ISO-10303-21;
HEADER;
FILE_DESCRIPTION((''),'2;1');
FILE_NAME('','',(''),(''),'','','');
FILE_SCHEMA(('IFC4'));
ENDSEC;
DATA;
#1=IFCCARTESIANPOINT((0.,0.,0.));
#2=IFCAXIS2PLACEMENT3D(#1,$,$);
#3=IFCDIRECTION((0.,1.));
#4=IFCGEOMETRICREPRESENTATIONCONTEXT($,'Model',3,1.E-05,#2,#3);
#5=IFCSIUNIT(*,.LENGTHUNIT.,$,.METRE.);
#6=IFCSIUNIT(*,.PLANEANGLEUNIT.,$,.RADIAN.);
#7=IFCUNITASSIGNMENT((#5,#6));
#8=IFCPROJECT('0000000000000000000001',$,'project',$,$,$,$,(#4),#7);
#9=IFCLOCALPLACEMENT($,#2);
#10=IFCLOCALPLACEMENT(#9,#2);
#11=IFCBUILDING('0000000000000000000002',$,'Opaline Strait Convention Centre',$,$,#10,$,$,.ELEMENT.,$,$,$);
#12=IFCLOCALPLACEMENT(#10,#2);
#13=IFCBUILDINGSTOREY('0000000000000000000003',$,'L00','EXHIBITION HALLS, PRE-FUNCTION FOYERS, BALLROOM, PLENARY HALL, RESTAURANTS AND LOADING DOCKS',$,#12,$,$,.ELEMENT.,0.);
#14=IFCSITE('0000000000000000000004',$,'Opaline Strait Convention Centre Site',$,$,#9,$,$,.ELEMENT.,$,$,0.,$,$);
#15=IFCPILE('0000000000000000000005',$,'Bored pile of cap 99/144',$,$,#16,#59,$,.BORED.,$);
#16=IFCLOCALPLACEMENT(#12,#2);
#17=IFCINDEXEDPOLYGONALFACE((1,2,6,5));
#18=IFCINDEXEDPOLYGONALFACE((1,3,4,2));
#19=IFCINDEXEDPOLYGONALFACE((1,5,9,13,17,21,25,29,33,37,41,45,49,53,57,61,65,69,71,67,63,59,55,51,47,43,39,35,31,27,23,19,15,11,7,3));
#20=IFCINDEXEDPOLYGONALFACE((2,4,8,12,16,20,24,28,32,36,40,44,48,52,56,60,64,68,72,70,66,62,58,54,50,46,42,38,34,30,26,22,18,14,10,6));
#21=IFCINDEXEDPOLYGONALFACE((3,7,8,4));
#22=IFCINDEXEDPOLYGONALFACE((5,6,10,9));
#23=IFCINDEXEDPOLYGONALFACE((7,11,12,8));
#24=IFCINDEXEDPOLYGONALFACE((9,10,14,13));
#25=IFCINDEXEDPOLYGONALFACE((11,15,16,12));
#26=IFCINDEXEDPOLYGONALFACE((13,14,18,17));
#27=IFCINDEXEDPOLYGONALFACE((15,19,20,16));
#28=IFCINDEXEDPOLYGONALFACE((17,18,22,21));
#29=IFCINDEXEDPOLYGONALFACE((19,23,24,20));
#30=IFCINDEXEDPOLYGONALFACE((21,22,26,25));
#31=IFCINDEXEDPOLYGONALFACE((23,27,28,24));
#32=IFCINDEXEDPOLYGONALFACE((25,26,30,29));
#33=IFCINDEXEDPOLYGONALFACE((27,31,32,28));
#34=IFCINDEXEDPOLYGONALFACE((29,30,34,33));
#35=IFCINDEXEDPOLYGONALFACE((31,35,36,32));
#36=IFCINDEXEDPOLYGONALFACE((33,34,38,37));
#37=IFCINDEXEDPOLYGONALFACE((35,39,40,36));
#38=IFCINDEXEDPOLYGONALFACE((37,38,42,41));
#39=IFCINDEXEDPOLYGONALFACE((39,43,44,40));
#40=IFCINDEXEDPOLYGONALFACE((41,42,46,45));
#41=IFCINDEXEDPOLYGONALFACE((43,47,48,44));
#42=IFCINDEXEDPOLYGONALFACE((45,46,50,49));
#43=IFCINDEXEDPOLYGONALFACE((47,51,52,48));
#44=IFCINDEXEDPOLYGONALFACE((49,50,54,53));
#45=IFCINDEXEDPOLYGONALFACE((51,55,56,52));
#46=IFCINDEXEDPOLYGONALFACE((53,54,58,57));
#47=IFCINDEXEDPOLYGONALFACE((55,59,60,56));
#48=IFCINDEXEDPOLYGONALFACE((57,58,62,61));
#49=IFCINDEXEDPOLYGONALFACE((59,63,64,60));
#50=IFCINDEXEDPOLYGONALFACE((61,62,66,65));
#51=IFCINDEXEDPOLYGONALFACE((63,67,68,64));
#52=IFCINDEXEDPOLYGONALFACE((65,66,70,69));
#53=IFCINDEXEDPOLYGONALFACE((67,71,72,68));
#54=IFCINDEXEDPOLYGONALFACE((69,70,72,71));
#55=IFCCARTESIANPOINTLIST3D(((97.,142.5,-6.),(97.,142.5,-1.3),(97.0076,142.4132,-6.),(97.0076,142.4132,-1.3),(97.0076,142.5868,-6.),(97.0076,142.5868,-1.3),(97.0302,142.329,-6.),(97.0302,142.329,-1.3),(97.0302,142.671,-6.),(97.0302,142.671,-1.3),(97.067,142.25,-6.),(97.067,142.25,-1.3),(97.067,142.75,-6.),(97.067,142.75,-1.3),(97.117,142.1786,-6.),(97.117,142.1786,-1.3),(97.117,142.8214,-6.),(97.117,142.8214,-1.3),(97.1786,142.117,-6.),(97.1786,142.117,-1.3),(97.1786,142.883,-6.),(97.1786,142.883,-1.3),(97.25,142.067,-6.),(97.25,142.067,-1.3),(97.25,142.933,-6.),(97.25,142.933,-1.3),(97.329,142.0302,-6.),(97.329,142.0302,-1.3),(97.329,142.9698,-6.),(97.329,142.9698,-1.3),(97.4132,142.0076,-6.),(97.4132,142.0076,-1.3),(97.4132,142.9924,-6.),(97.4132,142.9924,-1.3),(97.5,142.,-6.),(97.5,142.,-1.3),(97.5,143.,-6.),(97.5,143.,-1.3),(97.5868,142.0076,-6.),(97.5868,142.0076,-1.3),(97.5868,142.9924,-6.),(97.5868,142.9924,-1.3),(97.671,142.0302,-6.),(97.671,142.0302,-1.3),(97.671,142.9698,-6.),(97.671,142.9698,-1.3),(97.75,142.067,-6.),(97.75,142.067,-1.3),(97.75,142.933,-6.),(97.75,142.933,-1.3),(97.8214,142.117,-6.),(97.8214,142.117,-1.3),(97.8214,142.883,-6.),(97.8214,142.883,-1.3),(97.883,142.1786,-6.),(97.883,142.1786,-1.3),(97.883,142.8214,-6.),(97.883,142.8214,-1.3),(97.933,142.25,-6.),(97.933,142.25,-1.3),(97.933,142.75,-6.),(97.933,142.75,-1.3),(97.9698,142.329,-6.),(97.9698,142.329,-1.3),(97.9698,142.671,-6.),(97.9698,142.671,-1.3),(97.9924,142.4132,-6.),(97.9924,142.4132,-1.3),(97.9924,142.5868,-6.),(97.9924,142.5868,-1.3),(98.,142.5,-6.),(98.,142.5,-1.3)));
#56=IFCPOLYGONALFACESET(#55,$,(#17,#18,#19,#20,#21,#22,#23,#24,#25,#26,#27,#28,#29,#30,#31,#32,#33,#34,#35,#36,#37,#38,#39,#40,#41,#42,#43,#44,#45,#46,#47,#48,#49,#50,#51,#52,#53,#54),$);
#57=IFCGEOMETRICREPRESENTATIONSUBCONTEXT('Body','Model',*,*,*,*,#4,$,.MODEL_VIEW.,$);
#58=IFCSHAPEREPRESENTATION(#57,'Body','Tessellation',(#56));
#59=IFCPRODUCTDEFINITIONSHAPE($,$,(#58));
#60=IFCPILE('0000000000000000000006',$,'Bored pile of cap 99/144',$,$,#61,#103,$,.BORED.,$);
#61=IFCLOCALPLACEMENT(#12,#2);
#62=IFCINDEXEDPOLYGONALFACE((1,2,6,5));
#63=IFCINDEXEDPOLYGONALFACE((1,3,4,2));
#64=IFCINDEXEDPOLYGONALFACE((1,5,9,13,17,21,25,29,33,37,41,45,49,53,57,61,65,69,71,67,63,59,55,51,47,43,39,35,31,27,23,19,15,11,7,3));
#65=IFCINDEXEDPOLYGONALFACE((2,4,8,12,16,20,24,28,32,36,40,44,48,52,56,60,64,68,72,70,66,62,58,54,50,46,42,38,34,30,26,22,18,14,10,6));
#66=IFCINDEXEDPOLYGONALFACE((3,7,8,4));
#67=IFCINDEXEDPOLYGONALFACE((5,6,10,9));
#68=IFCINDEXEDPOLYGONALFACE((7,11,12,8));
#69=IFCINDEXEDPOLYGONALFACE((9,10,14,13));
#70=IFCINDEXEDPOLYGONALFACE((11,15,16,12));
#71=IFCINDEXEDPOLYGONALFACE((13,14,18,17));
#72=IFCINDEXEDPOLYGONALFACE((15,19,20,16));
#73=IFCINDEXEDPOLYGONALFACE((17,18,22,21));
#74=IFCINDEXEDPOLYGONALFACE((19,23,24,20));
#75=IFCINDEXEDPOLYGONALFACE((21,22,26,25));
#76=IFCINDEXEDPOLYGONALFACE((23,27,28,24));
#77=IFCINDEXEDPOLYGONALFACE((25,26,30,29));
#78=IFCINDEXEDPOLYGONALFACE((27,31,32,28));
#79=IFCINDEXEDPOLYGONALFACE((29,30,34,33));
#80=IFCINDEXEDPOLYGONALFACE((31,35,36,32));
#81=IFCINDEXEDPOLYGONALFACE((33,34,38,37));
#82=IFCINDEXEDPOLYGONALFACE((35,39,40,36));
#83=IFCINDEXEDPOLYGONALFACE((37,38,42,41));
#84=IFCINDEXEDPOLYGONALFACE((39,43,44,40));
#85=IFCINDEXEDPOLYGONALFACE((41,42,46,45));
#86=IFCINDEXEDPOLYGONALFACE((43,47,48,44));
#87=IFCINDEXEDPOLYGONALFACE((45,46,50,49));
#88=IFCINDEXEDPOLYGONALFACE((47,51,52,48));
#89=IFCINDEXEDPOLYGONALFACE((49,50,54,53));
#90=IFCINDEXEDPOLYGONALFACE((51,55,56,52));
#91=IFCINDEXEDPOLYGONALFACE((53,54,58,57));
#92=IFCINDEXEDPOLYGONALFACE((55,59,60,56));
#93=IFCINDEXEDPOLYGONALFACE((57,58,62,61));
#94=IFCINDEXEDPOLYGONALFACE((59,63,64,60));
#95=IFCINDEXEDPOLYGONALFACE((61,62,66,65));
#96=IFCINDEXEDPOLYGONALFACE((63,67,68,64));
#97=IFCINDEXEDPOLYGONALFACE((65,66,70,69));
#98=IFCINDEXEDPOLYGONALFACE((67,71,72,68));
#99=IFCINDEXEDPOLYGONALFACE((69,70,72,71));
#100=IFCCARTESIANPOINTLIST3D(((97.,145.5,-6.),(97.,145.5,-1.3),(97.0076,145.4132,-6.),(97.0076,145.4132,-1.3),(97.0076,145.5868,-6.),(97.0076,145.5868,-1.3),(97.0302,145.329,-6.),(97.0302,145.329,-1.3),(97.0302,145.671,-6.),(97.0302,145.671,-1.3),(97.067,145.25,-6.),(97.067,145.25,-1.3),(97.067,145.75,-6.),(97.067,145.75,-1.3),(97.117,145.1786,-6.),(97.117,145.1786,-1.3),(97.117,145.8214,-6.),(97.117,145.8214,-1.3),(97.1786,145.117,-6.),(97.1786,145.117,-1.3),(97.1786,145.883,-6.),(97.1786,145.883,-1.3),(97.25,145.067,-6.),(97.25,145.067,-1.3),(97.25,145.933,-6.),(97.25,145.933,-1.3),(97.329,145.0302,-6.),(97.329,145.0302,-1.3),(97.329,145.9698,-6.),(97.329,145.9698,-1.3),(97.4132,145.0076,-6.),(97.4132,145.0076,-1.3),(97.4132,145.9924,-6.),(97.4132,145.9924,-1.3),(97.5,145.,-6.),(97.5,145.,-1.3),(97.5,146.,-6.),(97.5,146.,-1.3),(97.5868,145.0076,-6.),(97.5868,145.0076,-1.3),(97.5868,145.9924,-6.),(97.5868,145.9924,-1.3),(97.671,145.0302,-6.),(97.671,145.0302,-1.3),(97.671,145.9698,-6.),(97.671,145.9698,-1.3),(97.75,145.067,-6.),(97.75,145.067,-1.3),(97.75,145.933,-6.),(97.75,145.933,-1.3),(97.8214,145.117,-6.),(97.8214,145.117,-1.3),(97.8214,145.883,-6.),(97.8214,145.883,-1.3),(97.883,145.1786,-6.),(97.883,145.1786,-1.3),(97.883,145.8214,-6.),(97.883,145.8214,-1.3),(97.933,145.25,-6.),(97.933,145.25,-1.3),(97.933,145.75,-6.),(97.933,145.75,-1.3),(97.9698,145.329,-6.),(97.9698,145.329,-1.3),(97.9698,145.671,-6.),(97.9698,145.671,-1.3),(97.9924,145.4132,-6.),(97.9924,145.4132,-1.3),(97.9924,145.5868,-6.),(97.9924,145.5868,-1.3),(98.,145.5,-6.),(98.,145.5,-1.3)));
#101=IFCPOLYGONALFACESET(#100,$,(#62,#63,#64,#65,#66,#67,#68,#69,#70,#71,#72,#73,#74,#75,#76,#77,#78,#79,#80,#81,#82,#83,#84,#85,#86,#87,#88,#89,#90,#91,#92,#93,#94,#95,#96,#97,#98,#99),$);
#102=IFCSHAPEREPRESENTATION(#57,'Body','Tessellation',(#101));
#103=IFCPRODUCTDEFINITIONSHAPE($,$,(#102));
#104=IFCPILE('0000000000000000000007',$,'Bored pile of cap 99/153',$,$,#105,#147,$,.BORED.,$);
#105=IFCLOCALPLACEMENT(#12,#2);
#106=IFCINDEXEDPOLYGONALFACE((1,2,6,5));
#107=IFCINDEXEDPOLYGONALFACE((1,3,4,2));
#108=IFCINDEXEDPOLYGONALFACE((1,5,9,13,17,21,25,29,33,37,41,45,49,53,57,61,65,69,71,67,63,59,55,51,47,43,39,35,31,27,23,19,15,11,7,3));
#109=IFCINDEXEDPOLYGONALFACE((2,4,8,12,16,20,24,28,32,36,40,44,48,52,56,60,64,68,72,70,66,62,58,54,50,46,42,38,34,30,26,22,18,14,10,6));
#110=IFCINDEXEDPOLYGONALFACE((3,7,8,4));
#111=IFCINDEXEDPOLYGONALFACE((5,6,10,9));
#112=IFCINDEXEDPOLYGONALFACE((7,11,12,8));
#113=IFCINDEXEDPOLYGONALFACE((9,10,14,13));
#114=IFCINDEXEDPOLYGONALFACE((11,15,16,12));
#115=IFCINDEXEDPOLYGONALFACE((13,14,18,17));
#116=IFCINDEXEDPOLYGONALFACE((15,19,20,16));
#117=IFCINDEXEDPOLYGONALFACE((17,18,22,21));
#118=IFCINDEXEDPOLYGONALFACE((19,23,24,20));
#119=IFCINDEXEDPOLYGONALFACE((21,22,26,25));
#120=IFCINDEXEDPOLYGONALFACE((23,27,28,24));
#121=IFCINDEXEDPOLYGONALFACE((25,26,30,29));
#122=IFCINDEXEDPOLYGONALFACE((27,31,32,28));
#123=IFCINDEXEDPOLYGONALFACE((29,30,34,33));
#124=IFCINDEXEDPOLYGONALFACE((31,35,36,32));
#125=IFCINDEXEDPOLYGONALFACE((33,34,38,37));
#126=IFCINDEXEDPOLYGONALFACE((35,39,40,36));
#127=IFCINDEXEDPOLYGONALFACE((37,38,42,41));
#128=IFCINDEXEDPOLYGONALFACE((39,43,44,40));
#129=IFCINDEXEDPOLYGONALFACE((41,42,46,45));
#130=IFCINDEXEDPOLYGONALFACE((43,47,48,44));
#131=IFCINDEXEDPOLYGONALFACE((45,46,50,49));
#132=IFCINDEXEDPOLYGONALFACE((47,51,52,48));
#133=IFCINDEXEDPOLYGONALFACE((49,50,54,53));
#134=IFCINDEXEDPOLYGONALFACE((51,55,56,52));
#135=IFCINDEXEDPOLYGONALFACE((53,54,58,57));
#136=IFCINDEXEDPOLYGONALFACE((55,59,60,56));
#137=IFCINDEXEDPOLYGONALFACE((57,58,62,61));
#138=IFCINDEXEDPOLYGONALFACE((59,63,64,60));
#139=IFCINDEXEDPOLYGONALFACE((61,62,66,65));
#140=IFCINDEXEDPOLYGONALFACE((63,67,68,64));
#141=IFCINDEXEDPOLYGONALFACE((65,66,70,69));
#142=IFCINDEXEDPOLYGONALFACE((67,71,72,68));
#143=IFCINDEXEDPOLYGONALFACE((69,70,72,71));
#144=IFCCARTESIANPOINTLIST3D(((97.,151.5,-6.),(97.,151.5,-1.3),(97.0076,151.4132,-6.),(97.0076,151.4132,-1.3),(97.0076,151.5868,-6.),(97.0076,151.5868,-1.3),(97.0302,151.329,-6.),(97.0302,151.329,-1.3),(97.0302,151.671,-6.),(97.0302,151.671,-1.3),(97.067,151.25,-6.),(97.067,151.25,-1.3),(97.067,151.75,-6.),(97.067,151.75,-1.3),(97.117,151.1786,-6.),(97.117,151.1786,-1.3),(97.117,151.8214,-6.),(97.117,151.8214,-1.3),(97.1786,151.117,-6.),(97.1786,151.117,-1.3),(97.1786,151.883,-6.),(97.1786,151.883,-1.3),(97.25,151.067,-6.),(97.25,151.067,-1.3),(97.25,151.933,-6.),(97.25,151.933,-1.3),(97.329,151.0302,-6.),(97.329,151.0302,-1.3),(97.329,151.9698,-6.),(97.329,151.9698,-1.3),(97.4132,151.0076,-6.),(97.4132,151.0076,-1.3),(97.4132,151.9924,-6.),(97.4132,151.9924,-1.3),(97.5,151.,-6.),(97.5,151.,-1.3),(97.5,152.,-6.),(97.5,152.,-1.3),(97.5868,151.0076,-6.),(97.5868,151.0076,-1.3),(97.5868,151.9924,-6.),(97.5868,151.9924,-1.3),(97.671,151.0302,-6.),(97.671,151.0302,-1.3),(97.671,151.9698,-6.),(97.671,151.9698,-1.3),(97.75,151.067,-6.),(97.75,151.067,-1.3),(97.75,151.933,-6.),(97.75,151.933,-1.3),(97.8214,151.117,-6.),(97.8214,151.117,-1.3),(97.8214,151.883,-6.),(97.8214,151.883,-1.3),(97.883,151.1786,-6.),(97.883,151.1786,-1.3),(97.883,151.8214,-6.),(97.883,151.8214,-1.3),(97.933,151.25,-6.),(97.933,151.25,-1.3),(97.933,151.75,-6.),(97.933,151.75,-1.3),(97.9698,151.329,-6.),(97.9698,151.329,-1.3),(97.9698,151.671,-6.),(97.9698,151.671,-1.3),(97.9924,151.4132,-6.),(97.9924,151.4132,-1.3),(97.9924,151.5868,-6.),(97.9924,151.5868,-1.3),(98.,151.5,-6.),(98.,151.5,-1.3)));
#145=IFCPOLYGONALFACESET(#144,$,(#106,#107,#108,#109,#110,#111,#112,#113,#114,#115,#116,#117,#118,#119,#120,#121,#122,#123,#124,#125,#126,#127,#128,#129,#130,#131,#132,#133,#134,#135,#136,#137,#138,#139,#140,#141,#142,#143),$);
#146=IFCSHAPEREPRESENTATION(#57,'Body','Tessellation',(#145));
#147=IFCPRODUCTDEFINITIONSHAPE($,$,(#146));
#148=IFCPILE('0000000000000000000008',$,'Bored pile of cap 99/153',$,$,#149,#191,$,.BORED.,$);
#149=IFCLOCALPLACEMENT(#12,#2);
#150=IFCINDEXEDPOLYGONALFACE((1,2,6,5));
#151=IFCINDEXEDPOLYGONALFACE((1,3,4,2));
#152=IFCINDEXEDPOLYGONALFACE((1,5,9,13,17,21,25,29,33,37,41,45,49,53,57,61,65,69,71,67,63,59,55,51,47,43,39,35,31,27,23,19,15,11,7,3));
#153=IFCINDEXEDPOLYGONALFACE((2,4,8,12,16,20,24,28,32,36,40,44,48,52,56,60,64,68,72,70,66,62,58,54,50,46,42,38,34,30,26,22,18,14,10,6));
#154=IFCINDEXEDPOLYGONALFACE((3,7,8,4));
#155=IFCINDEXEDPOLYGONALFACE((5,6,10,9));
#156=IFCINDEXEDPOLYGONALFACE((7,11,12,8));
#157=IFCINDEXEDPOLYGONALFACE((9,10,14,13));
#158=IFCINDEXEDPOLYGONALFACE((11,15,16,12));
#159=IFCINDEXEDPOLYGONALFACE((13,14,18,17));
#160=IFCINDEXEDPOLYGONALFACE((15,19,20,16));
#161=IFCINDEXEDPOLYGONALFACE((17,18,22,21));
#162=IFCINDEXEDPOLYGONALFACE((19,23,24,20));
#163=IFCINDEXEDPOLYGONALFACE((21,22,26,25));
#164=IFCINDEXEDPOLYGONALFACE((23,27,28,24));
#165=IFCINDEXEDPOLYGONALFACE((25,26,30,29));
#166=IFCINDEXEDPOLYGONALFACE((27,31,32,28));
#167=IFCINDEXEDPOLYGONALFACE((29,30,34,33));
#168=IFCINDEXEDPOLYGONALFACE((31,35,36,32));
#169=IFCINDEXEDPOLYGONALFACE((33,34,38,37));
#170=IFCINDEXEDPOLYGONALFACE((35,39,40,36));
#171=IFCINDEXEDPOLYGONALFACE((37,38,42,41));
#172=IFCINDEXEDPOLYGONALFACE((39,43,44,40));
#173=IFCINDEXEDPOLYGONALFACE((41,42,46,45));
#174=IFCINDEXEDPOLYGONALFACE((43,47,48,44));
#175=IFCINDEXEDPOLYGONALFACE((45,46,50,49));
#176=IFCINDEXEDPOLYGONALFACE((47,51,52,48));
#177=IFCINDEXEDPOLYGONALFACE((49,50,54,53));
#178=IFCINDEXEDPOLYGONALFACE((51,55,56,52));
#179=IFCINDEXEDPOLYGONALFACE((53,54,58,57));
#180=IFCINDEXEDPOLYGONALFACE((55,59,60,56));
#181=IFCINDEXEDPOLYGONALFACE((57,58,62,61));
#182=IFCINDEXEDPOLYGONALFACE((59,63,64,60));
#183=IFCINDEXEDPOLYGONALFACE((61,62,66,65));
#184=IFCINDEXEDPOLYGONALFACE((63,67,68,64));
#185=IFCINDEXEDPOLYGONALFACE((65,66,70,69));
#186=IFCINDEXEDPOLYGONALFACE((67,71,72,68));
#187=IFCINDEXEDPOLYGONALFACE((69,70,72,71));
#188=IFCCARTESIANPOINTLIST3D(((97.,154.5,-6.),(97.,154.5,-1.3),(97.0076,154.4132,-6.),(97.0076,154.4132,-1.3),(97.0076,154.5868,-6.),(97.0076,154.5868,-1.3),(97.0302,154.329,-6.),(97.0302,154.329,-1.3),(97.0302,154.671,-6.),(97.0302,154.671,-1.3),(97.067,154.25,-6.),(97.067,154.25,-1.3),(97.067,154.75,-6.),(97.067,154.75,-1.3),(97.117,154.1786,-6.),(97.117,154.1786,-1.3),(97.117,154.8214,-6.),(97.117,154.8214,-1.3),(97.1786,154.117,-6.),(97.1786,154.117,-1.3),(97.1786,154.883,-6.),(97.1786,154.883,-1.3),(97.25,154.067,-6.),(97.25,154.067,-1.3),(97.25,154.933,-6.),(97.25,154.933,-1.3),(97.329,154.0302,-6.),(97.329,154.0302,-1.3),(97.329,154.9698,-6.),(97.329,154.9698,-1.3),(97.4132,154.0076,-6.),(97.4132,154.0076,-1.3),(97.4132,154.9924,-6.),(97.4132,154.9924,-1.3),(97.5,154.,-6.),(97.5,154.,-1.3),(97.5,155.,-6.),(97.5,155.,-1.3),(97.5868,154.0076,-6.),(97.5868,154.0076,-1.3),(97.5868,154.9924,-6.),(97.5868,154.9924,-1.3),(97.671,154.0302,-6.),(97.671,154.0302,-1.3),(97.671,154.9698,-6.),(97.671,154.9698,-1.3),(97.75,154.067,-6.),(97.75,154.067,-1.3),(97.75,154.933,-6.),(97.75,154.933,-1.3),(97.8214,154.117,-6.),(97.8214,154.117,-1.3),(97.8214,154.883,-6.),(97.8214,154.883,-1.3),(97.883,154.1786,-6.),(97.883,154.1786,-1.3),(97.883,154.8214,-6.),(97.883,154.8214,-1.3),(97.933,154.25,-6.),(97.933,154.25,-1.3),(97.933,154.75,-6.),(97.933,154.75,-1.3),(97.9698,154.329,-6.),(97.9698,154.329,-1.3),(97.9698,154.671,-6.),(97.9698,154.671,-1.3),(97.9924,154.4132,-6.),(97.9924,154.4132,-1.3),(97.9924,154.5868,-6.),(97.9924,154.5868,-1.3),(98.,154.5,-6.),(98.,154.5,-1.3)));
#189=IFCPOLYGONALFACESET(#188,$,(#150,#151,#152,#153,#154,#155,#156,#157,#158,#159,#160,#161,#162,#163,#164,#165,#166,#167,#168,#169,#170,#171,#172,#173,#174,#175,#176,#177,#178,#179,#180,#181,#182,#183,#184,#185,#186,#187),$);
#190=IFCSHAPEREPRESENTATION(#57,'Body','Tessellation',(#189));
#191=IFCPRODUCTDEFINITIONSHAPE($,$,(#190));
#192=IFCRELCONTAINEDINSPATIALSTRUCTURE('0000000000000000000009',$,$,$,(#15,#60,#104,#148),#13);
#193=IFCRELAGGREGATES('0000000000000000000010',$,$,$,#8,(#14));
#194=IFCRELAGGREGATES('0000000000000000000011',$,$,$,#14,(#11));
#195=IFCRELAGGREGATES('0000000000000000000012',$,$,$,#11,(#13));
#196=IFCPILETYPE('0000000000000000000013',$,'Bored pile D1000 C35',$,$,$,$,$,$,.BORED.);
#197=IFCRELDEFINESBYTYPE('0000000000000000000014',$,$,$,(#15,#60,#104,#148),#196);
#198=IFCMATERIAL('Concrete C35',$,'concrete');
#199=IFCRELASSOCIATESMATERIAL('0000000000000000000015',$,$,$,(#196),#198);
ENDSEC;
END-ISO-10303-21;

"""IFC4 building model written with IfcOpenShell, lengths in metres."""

from ifc_helpers import new_model, si_unit, direction, frame, origin, origin_2d, place, context, subcontext, project, spatial, circle, extrude, material, material_profile, profile_set, type_object, element, save


model = new_model("IFC4")

# Units and contexts
model_context = context("Model", 3, precision=1e-05, world=origin(), true_north=direction((0.0, 1.0)))
body_context = subcontext(model_context, "Body", "Model", "MODEL_VIEW")
ifc_project = project(units=[si_unit("LENGTHUNIT", "METRE"), si_unit("PLANEANGLEUNIT", "RADIAN")], contexts=[model_context])

# Site, building, storey
site_placement = place(None, origin())
site = spatial("IfcSite", under=ifc_project, at=site_placement, Name="Opaline Strait Convention Centre Site", CompositionType="ELEMENT", RefElevation=0.0)
building_placement = place(site_placement, origin())
building = spatial("IfcBuilding", under=site, at=building_placement, Name="Opaline Strait Convention Centre", CompositionType="ELEMENT")
storey_placement = place(building_placement, origin())
storey = spatial("IfcBuildingStorey", under=building, at=storey_placement, Name="L00", Description="EXHIBITION HALLS, PRE-FUNCTION FOYERS, BALLROOM, PLENARY HALL, RESTAURANTS AND LOADING DOCKS", CompositionType="ELEMENT", Elevation=0.0)

# Piles
ifc_material_1 = material(Name="Concrete C35", Category="concrete")
ifc_material_profile_1 = material_profile(ifc_material_1, circle(Radius=0.5, at=origin_2d()), Name="D1000")
ifc_profile_set_1 = profile_set([ifc_material_profile_1], Name="Concrete C35")
pile_type_1 = type_object("IfcPileType", Name="Bored pile D1000 C35", PredefinedType="BORED", material=ifc_profile_set_1)
for number, where, z_axis, x_axis, name in (
    (1, (97.5, 142.5, -1.3), (0.0, 0.0, -1.0), (1.0, 0.0, 0.0), "Bored pile of cap 99/144"),
    (2, (97.5, 145.5, -1.3), (0.0, 0.0, -1.0), (1.0, 0.0, 0.0), "Bored pile of cap 99/144"),
    (3, (97.5, 151.5, -1.3), (0.0, 0.0, -1.0), (1.0, 0.0, 0.0), "Bored pile of cap 99/153"),
    (4, (97.5, 154.5, -1.3), (0.0, 0.0, -1.0), (1.0, 0.0, 0.0), "Bored pile of cap 99/153"),
):
    element("IfcPile", number, at=place(storey_placement, frame(where, z_axis=z_axis, x_axis=x_axis)), inside=storey, type_object=pile_type_1, Name=name, PredefinedType="BORED", context=body_context, shape_type="SweptSolid", body=[
        extrude(circle(Radius=0.5, at=origin_2d()), origin(), (0.0, 0.0, 1.0), 4.7),
    ])

save(model, "model.ifc")
